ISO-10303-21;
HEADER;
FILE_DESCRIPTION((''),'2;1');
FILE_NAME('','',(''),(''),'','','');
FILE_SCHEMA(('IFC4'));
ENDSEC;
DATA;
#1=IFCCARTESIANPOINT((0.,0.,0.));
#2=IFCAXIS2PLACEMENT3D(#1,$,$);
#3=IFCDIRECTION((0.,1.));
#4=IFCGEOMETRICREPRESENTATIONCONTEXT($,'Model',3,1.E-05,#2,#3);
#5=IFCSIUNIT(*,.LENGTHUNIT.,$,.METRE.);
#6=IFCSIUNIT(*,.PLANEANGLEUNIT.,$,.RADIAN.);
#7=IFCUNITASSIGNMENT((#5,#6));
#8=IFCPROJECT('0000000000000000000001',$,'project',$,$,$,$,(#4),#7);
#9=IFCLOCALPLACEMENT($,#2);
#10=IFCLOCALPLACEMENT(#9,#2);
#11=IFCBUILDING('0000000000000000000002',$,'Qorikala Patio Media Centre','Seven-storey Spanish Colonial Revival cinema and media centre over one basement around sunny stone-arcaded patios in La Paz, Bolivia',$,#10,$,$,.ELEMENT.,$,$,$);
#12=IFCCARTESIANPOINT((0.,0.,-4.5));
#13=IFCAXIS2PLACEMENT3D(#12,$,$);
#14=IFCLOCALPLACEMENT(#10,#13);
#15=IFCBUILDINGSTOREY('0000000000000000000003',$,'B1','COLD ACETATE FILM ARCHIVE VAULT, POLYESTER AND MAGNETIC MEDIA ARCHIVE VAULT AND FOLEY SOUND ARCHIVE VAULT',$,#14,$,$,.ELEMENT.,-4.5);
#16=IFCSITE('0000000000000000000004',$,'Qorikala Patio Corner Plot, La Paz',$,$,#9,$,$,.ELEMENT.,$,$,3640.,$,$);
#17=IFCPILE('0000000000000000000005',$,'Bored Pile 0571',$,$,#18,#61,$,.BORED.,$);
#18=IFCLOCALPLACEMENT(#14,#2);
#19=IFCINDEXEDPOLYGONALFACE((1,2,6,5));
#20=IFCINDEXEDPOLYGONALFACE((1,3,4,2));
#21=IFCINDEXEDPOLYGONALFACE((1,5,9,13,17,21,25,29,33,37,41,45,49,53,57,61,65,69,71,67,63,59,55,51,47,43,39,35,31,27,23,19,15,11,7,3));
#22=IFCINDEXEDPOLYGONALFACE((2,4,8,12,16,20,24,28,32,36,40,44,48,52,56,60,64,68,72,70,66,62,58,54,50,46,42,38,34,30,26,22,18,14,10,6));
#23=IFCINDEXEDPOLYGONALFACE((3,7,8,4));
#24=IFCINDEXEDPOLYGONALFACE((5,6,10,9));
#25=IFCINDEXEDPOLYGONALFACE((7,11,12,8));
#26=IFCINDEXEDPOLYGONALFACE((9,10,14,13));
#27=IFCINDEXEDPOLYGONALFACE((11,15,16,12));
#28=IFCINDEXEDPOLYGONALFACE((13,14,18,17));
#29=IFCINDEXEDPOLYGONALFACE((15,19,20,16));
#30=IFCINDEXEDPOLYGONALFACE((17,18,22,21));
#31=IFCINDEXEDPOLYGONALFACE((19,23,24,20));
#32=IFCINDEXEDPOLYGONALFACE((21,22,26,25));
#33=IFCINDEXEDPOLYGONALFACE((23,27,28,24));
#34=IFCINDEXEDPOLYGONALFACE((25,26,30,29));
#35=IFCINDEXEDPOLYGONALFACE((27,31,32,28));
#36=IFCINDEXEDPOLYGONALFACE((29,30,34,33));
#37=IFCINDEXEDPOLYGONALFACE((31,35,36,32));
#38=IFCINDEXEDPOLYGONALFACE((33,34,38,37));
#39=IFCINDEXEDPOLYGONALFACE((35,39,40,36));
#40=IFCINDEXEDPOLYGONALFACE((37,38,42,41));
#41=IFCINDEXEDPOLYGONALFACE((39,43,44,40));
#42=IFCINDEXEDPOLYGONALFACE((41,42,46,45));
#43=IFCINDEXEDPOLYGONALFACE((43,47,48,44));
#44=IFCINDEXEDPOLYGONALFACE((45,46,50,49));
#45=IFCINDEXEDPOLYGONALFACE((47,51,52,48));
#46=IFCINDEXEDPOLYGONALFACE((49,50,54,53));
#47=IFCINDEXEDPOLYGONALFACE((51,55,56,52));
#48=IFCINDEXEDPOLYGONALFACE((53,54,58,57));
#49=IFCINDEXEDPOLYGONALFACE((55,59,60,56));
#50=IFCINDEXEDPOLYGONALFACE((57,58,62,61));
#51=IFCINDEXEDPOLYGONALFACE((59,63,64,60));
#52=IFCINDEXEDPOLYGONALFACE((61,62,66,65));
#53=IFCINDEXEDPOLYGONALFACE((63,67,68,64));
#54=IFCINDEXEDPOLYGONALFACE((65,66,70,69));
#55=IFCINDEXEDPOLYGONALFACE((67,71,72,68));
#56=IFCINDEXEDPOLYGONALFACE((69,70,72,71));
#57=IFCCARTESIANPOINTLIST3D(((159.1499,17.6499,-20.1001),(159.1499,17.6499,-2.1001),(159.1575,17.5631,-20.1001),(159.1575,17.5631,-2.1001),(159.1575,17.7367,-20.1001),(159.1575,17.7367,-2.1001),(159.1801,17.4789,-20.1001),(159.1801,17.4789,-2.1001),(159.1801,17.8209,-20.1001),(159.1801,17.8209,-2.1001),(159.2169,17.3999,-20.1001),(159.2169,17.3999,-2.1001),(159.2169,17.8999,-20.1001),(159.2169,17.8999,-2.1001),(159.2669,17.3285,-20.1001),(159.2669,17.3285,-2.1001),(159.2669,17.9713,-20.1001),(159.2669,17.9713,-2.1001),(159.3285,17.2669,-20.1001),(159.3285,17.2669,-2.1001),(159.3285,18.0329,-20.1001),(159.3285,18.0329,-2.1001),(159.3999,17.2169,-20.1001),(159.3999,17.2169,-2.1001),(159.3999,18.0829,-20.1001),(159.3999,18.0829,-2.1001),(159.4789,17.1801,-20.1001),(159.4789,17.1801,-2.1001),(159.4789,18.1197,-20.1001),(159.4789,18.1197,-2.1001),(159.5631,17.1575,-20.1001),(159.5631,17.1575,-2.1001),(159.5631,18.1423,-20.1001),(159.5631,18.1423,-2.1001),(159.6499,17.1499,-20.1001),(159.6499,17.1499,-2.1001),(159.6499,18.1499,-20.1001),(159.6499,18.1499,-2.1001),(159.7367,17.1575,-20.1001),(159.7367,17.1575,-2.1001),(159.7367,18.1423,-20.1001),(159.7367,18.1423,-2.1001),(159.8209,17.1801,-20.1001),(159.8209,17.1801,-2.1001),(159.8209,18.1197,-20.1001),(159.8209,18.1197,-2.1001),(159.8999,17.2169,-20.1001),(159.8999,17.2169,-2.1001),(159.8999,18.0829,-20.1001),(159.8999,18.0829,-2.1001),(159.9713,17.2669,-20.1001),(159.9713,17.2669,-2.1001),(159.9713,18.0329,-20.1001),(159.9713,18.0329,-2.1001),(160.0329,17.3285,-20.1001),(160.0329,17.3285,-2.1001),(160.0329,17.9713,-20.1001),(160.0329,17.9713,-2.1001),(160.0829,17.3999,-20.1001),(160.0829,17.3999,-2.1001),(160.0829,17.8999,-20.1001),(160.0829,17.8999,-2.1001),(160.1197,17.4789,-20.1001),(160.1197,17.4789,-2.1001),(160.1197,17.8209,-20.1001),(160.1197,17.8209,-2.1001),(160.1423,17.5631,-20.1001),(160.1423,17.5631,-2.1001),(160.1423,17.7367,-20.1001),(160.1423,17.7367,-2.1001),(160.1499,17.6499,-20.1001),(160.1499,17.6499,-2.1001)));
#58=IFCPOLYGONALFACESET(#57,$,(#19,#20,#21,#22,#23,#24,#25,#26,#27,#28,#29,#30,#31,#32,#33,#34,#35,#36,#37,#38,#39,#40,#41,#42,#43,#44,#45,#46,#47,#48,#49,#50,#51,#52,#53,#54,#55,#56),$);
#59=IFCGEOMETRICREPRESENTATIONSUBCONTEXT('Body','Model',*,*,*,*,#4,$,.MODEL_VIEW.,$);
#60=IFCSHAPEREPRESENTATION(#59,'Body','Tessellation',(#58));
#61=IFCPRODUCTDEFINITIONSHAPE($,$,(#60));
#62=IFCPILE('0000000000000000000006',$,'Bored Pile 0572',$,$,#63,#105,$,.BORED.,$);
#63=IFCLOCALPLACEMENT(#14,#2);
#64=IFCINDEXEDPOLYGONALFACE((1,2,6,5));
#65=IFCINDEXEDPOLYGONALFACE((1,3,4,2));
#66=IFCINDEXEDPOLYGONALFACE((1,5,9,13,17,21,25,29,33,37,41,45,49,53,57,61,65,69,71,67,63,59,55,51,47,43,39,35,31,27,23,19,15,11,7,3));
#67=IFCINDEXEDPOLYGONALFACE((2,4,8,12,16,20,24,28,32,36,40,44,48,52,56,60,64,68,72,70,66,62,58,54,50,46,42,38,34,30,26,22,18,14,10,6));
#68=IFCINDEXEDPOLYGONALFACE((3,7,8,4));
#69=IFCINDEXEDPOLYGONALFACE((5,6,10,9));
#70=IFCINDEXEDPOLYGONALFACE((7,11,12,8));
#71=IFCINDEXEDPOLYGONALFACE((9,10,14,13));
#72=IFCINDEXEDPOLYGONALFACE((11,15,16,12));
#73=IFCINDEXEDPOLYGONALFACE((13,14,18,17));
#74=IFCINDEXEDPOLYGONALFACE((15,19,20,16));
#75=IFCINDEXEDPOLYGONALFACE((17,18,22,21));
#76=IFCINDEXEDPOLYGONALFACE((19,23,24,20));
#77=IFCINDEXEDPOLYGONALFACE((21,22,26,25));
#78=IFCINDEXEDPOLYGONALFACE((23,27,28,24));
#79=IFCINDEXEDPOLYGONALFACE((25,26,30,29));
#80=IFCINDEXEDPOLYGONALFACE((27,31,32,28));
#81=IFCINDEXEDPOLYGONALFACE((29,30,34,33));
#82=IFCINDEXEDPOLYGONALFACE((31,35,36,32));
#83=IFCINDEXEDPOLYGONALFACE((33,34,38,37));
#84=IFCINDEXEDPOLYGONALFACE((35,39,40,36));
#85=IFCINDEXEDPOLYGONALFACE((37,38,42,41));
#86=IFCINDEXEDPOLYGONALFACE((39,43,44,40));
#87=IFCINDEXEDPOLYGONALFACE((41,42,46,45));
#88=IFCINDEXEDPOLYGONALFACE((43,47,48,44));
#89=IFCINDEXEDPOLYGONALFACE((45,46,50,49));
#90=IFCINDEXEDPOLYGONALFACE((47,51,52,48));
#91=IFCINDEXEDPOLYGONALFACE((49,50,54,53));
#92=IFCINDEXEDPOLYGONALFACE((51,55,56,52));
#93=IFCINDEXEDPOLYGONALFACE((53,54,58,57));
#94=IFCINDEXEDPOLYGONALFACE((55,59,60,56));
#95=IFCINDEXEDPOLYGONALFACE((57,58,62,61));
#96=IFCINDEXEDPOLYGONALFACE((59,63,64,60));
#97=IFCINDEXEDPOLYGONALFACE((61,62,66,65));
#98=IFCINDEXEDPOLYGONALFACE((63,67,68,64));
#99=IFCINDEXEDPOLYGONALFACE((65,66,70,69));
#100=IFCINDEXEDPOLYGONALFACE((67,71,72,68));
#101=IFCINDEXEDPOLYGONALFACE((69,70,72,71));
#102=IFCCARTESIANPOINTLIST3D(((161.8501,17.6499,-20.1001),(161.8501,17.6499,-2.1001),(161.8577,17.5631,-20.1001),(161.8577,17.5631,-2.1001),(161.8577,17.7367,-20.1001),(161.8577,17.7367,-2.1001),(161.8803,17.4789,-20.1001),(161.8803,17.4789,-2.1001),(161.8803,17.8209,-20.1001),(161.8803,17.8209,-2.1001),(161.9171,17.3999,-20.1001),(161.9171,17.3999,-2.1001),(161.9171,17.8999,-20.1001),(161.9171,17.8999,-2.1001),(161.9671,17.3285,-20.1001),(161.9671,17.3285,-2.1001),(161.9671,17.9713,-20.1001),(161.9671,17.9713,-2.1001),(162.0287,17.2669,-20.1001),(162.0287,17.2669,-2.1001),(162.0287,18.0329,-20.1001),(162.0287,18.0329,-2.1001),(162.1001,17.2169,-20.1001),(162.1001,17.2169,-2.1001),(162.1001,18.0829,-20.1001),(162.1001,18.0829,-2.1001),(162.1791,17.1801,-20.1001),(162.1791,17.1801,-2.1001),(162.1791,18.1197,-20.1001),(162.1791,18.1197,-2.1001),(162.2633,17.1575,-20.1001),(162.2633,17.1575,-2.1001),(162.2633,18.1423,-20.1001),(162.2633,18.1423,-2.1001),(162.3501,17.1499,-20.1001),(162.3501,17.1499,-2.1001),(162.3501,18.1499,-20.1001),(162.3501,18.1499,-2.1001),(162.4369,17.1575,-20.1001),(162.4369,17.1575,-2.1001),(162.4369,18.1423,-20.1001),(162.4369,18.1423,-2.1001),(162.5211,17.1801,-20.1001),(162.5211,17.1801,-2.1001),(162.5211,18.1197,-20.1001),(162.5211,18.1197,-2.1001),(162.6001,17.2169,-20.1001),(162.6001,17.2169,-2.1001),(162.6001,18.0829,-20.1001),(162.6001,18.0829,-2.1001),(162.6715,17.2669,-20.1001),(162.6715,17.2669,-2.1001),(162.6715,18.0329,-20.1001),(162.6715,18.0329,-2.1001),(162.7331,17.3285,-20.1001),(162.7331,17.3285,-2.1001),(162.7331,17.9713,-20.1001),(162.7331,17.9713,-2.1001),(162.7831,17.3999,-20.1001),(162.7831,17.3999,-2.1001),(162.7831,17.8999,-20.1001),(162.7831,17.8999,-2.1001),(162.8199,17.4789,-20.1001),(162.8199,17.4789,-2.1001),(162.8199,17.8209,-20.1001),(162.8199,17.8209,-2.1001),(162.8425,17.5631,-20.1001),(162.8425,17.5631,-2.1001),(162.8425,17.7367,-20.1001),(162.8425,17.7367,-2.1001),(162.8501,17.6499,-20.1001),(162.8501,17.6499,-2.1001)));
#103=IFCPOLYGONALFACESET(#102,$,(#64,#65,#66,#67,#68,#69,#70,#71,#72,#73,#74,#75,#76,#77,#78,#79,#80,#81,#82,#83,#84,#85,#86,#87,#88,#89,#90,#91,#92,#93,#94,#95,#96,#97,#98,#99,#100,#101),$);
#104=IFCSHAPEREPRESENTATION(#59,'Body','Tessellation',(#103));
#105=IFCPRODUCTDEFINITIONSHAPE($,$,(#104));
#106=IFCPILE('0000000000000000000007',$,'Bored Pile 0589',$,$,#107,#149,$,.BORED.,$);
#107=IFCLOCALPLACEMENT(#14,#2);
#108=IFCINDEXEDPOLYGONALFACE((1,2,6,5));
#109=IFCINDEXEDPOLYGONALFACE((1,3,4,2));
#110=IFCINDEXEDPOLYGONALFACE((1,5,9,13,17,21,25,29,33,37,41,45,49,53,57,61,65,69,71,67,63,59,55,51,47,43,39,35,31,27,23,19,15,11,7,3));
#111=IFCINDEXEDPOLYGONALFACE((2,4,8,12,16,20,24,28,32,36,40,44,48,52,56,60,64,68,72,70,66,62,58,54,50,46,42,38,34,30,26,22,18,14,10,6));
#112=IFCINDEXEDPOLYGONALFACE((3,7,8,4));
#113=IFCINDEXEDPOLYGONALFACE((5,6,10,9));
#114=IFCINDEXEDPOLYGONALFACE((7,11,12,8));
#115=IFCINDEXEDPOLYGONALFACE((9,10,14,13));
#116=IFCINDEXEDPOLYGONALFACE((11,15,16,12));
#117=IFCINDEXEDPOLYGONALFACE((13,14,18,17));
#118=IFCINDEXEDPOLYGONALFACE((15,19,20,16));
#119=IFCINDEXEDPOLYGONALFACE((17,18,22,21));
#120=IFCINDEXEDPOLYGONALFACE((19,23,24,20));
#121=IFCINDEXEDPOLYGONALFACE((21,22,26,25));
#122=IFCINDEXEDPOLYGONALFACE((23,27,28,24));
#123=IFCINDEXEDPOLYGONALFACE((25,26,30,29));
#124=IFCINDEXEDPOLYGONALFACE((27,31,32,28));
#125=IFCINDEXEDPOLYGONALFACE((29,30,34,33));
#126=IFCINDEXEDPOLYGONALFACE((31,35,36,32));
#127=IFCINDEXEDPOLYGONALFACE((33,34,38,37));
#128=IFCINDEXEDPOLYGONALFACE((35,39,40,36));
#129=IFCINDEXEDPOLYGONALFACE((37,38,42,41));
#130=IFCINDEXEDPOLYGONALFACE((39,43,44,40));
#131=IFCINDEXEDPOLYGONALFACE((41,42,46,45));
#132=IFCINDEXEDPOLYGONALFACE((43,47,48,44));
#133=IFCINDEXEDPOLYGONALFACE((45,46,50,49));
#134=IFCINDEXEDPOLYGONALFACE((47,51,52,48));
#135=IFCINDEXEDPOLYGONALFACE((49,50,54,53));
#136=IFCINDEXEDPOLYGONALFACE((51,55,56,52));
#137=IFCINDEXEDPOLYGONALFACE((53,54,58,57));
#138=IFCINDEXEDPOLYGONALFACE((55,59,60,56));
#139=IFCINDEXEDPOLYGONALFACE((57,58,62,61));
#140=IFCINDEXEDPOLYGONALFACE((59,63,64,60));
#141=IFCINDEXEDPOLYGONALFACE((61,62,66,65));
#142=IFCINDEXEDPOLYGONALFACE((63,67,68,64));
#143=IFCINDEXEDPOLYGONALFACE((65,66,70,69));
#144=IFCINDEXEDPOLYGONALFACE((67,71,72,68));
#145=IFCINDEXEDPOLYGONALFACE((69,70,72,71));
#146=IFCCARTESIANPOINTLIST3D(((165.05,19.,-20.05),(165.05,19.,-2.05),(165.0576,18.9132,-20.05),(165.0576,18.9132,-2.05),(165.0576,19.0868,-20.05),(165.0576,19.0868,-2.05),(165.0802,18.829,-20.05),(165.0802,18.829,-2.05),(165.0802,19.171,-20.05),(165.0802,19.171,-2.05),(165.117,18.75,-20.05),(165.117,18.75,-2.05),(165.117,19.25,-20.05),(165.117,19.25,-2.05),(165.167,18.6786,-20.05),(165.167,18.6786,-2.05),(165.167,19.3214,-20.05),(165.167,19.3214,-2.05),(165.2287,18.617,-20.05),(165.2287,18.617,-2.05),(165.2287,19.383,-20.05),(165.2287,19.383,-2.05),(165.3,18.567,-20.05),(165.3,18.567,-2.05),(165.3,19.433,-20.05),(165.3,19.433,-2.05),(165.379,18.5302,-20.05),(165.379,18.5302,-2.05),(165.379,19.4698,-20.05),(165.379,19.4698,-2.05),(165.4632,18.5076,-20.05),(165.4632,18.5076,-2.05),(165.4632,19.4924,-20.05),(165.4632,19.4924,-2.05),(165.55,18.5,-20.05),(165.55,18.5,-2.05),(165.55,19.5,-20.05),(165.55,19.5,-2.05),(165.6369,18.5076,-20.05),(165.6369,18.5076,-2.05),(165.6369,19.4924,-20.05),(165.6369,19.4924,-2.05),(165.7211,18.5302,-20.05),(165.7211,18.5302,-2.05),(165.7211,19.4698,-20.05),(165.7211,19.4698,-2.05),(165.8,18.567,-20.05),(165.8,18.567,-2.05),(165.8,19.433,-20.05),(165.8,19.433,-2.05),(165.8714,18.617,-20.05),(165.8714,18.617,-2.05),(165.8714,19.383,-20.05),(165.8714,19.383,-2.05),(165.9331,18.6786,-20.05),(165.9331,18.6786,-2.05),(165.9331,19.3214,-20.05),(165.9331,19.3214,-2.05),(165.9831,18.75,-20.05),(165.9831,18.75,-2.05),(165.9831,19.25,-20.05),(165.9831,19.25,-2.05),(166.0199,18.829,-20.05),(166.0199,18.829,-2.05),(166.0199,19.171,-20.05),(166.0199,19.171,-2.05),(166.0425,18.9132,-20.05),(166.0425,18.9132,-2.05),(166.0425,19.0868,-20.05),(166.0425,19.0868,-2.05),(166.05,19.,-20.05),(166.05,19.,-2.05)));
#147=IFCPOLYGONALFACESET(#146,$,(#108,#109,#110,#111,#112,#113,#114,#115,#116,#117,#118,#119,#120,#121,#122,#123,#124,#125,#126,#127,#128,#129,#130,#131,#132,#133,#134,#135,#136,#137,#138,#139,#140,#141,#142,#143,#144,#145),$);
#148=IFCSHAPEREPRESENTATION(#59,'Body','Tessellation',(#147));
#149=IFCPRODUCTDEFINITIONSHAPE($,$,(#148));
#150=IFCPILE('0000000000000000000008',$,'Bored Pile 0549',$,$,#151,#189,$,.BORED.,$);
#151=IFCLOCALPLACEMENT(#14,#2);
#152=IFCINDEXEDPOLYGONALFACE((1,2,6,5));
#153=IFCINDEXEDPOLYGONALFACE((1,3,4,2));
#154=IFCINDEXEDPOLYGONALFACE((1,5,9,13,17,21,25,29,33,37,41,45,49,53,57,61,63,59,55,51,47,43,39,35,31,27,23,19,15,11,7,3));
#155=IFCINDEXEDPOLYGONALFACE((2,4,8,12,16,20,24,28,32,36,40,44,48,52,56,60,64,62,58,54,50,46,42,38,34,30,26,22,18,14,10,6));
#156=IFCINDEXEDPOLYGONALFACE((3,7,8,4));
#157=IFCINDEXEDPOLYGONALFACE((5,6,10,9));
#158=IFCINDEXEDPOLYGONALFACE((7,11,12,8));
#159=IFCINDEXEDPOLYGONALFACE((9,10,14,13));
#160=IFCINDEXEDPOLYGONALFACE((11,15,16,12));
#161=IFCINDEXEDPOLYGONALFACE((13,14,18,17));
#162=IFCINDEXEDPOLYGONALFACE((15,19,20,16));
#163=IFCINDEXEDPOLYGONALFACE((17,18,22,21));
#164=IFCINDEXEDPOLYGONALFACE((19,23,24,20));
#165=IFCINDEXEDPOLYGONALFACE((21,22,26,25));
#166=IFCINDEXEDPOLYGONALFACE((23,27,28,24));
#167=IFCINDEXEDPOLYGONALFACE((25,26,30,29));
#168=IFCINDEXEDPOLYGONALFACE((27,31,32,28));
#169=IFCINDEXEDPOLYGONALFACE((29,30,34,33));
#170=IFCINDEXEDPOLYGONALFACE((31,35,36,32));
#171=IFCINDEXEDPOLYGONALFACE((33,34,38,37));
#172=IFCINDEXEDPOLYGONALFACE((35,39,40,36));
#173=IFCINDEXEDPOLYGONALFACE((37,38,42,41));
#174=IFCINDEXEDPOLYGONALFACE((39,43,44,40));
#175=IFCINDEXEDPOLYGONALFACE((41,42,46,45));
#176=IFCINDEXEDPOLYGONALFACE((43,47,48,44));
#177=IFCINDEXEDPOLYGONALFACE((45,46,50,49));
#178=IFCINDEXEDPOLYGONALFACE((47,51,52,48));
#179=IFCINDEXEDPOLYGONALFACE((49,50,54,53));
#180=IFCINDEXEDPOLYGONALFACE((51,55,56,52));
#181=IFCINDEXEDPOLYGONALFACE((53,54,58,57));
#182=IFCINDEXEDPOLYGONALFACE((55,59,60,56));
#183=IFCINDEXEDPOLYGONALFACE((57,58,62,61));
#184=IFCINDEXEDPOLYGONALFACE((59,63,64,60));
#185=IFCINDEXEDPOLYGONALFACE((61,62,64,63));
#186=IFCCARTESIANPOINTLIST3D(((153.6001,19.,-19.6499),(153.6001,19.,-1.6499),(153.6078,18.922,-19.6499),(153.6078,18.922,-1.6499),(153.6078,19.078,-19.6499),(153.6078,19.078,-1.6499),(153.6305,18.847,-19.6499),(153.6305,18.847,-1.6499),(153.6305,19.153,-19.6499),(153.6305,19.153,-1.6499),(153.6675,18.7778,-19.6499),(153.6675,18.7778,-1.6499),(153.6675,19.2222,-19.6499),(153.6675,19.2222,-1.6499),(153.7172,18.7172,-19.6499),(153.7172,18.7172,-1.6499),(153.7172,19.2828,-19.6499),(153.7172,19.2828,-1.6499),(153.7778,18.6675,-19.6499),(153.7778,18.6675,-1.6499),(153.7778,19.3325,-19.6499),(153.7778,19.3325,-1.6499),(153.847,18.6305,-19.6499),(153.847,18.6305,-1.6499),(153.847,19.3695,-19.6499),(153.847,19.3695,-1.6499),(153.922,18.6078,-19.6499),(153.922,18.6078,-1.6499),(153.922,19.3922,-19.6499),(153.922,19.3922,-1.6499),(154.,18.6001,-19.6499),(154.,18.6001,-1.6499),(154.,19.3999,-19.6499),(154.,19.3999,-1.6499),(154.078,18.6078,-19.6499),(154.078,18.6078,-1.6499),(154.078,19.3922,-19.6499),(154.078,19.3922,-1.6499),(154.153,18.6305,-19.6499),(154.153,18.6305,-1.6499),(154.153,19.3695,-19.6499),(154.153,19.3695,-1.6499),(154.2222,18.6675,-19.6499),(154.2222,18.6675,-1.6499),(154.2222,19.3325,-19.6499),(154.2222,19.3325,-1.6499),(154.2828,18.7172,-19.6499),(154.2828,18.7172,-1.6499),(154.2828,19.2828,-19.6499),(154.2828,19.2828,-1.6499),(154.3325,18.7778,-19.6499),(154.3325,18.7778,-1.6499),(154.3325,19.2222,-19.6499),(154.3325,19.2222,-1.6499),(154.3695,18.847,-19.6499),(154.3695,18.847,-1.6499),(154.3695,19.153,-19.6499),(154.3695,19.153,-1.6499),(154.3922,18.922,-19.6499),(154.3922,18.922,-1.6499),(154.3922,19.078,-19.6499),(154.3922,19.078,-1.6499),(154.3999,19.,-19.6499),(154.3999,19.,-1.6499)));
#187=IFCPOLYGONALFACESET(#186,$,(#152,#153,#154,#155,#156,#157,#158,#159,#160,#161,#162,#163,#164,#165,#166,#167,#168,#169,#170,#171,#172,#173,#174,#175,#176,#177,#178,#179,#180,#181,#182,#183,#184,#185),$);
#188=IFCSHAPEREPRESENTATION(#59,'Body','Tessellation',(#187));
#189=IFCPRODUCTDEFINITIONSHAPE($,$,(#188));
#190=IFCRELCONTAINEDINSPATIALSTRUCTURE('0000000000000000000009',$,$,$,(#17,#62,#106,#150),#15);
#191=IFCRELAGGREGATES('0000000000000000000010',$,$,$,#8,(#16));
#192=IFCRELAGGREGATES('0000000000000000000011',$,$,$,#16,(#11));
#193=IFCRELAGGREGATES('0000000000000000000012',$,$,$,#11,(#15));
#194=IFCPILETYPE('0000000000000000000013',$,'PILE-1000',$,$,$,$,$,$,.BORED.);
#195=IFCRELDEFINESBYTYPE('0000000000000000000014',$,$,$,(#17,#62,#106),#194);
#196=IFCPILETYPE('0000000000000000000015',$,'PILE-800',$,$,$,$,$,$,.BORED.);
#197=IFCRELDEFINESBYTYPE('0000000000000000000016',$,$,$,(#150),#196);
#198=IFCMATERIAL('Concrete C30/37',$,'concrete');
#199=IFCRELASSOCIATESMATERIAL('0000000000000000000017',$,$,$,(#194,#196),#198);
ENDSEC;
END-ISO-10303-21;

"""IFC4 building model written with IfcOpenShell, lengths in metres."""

from ifc_helpers import new_model, si_unit, direction, frame, origin, origin_2d, place, context, subcontext, project, spatial, circle, extrude, material, material_profile, profile_set, type_object, element, save


model = new_model("IFC4")

# Units and contexts
model_context = context("Model", 3, precision=1e-05, world=origin(), true_north=direction((0.0, 1.0)))
body_context = subcontext(model_context, "Body", "Model", "MODEL_VIEW")
ifc_project = project(units=[si_unit("LENGTHUNIT", "METRE"), si_unit("PLANEANGLEUNIT", "RADIAN")], contexts=[model_context])

# Site, building, storey
site_placement = place(None, origin())
site = spatial("IfcSite", under=ifc_project, at=site_placement, Name="Qorikala Patio Corner Plot, La Paz", CompositionType="ELEMENT", RefElevation=3640.0)
building_placement = place(site_placement, origin())
building = spatial("IfcBuilding", under=site, at=building_placement, Name="Qorikala Patio Media Centre", Description="Seven-storey Spanish Colonial Revival cinema and media centre over one basement around sunny stone-arcaded patios in La Paz, Bolivia", CompositionType="ELEMENT")
storey_placement = place(building_placement, frame((0.0, 0.0, -4.5)))
storey = spatial("IfcBuildingStorey", under=building, at=storey_placement, Name="B1", Description="COLD ACETATE FILM ARCHIVE VAULT, POLYESTER AND MAGNETIC MEDIA ARCHIVE VAULT AND FOLEY SOUND ARCHIVE VAULT", CompositionType="ELEMENT", Elevation=-4.5)

# Shared definitions
ifc_material_1 = material(Name="Concrete C30/37", Category="concrete")

# Piles
ifc_material_profile_1 = material_profile(ifc_material_1, circle(Radius=0.5, at=origin_2d()), Name="BORED PILE 1000")
ifc_profile_set_1 = profile_set([ifc_material_profile_1], Name="Concrete C30/37")
pile_type_1 = type_object("IfcPileType", Name="PILE-1000", PredefinedType="BORED", material=ifc_profile_set_1)
for number, where, z_axis, x_axis, name in (
    (1, (159.6499, 17.6499, -2.1001), (0.0, 0.0, -1.0), (1.0, 0.0, 0.0), "Bored Pile 0571"),
    (2, (162.3501, 17.6499, -2.1001), (0.0, 0.0, -1.0), (1.0, 0.0, 0.0), "Bored Pile 0572"),
    (3, (165.55, 19.0, -2.05), (0.0, 0.0, -1.0), (1.0, 0.0, 0.0), "Bored Pile 0589"),
):
    element("IfcPile", number, at=place(storey_placement, frame(where, z_axis=z_axis, x_axis=x_axis)), inside=storey, type_object=pile_type_1, Name=name, PredefinedType="BORED", context=body_context, shape_type="SweptSolid", body=[
        extrude(circle(Radius=0.5, at=origin_2d()), origin(), (0.0, 0.0, 1.0), 18.0),
    ])
ifc_material_profile_2 = material_profile(ifc_material_1, circle(Radius=0.3999, at=origin_2d()), Name="BORED PILE 800")
ifc_profile_set_2 = profile_set([ifc_material_profile_2], Name="Concrete C30/37")
pile_type_2 = type_object("IfcPileType", Name="PILE-800", PredefinedType="BORED", material=ifc_profile_set_2)
for number, where, z_axis, x_axis, name in (
    (4, (154.0, 19.0, -1.6499), (0.0, 0.0, -1.0), (1.0, 0.0, 0.0), "Bored Pile 0549"),
):
    element("IfcPile", number, at=place(storey_placement, frame(where, z_axis=z_axis, x_axis=x_axis)), inside=storey, type_object=pile_type_2, Name=name, PredefinedType="BORED", context=body_context, shape_type="SweptSolid", body=[
        extrude(circle(Radius=0.3999, at=origin_2d()), origin(), (0.0, 0.0, 1.0), 18.0),
    ])

save(model, "model.ifc")
